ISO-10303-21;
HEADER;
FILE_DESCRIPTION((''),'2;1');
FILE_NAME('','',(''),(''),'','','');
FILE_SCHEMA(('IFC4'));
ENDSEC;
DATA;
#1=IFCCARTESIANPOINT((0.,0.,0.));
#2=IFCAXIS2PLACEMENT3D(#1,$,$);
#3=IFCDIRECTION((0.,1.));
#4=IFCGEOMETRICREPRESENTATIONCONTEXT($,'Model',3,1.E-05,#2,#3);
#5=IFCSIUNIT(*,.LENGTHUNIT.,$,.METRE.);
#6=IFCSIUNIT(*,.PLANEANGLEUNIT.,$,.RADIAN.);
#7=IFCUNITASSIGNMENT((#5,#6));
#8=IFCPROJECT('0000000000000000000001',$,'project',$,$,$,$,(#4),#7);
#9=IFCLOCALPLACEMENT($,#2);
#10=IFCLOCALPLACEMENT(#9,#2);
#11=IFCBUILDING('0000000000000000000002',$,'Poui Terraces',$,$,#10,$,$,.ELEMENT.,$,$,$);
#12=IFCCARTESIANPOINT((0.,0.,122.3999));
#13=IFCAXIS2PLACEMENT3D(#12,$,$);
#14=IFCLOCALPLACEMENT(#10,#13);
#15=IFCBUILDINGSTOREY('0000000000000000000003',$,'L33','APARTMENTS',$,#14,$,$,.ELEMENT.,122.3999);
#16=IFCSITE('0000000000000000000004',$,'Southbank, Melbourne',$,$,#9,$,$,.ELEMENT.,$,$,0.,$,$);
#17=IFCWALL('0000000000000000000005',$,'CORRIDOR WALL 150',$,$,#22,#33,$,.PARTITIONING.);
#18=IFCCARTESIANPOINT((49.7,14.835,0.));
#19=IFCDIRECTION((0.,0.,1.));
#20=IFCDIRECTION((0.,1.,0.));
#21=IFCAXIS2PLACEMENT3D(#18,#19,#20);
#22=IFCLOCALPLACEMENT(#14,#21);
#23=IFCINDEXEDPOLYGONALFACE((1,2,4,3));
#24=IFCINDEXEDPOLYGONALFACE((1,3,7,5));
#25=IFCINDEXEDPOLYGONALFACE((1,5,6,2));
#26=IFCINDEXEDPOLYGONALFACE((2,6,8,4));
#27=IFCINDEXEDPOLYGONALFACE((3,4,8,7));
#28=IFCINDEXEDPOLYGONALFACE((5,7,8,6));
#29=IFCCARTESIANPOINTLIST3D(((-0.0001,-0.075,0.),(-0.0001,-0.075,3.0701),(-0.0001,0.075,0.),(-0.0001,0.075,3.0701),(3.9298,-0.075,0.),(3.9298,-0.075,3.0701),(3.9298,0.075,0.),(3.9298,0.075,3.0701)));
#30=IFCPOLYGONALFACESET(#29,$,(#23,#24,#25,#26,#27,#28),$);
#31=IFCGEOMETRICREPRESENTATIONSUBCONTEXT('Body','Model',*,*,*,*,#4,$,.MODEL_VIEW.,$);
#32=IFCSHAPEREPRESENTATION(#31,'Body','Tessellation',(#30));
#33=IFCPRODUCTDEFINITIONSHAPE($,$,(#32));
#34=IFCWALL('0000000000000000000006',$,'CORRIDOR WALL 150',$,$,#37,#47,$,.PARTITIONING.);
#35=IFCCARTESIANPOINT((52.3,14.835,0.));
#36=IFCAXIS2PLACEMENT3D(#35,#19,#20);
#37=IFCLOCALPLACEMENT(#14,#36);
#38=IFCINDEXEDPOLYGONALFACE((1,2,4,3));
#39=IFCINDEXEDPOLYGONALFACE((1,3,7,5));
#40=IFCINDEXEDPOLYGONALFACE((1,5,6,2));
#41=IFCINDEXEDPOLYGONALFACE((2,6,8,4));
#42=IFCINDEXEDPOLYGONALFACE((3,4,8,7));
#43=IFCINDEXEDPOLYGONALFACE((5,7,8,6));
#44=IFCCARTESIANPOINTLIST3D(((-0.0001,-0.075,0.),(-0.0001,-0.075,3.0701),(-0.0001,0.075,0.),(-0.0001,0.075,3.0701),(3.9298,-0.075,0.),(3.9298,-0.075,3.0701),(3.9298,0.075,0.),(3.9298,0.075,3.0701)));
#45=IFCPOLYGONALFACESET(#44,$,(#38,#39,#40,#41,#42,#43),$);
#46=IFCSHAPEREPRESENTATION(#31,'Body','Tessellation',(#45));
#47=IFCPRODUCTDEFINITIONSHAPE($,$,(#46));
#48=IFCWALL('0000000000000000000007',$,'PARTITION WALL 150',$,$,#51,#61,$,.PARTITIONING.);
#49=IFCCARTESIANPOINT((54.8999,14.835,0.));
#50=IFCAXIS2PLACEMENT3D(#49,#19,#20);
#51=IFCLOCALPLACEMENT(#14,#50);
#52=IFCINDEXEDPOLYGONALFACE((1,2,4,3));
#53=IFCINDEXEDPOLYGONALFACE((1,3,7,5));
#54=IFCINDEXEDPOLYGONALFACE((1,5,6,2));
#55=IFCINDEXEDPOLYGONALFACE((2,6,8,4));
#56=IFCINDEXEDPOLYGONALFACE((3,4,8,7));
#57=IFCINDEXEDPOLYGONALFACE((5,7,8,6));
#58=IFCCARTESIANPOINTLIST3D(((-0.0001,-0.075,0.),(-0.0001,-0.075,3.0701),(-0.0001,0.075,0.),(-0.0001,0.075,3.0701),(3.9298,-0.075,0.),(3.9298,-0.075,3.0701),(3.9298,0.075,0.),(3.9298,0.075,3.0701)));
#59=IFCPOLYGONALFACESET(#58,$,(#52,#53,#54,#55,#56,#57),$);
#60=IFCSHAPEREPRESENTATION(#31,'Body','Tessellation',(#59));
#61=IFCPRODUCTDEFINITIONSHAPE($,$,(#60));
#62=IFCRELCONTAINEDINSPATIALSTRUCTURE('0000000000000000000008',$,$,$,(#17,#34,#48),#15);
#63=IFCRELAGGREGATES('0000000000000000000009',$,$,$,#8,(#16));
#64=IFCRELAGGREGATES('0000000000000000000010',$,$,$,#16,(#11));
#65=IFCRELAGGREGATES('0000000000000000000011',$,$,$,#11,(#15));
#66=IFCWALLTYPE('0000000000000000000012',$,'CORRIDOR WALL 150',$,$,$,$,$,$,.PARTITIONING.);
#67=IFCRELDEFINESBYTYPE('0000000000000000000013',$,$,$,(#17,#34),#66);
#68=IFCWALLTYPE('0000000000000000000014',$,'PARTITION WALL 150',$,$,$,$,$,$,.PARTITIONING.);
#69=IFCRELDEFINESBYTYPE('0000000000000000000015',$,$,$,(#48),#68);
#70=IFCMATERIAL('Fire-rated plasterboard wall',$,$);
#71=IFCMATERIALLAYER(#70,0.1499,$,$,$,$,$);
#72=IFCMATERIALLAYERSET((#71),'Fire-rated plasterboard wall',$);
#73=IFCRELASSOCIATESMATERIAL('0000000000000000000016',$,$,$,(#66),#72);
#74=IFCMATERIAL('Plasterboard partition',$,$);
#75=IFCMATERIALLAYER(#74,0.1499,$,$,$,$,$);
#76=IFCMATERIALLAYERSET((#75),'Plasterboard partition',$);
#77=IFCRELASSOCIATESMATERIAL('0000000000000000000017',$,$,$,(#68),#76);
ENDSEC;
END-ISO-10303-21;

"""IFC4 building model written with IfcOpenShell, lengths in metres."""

from ifc_helpers import new_model, si_unit, direction, frame, frame_2d, origin, place, context, subcontext, project, spatial, rectangle, extrude, material, layer, layer_set, type_object, element, save


model = new_model("IFC4")

# Units and contexts
model_context = context("Model", 3, precision=1e-05, world=origin(), true_north=direction((0.0, 1.0)))
body_context = subcontext(model_context, "Body", "Model", "MODEL_VIEW")
ifc_project = project(units=[si_unit("LENGTHUNIT", "METRE"), si_unit("PLANEANGLEUNIT", "RADIAN")], contexts=[model_context])

# Site, building, storey
site_placement = place(None, origin())
site = spatial("IfcSite", under=ifc_project, at=site_placement, Name="Southbank, Melbourne", CompositionType="ELEMENT", RefElevation=0.0)
building_placement = place(site_placement, origin())
building = spatial("IfcBuilding", under=site, at=building_placement, Name="Poui Terraces", CompositionType="ELEMENT")
storey_placement = place(building_placement, frame((0.0, 0.0, 122.3999)))
storey = spatial("IfcBuildingStorey", under=building, at=storey_placement, Name="L33", Description="APARTMENTS", CompositionType="ELEMENT", Elevation=122.3999)

# Walls
ifc_material_1 = material(Name="Fire-rated plasterboard wall")
ifc_layer_1 = layer(ifc_material_1, 0.1499)
ifc_layer_set_1 = layer_set([ifc_layer_1], Name="Fire-rated plasterboard wall")
wall_type_1 = type_object("IfcWallType", Name="CORRIDOR WALL 150", PredefinedType="PARTITIONING", material=ifc_layer_set_1)
for number, where, z_axis, x_axis, name in (
    (1, (49.7, 14.835, 0.0), (0.0, 0.0, 1.0), (0.0, 1.0, 0.0), "CORRIDOR WALL 150"),
    (2, (52.3, 14.835, 0.0), (0.0, 0.0, 1.0), (0.0, 1.0, 0.0), "CORRIDOR WALL 150"),
):
    element("IfcWall", number, at=place(storey_placement, frame(where, z_axis=z_axis, x_axis=x_axis)), inside=storey, type_object=wall_type_1, Name=name, PredefinedType="PARTITIONING", context=body_context, shape_type="SweptSolid", body=[
        extrude(rectangle(XDim=3.9299, YDim=0.1499, at=frame_2d((1.9648, 0.0))), origin(), (0.0, 0.0, 1.0), 3.0701),
    ])

# Shared definitions
ifc_material_2 = material(Name="Plasterboard partition")

# Wall
ifc_layer_2 = layer(ifc_material_2, 0.1499)
ifc_layer_set_2 = layer_set([ifc_layer_2], Name="Plasterboard partition")
wall_type_2 = type_object("IfcWallType", Name="PARTITION WALL 150", PredefinedType="PARTITIONING", material=ifc_layer_set_2)
wall_1_placement = place(storey_placement, frame((54.8999, 14.835, 0.0), z_axis=(0.0, 0.0, 1.0), x_axis=(0.0, 1.0, 0.0)))
element("IfcWall", 3, at=wall_1_placement, inside=storey, type_object=wall_type_2, Name="PARTITION WALL 150", PredefinedType="PARTITIONING", context=body_context, shape_type="SweptSolid", body=[
    extrude(rectangle(XDim=3.9299, YDim=0.1499, at=frame_2d((1.9648, 0.0))), origin(), (0.0, 0.0, 1.0), 3.0701),
])

save(model, "model.ifc")
